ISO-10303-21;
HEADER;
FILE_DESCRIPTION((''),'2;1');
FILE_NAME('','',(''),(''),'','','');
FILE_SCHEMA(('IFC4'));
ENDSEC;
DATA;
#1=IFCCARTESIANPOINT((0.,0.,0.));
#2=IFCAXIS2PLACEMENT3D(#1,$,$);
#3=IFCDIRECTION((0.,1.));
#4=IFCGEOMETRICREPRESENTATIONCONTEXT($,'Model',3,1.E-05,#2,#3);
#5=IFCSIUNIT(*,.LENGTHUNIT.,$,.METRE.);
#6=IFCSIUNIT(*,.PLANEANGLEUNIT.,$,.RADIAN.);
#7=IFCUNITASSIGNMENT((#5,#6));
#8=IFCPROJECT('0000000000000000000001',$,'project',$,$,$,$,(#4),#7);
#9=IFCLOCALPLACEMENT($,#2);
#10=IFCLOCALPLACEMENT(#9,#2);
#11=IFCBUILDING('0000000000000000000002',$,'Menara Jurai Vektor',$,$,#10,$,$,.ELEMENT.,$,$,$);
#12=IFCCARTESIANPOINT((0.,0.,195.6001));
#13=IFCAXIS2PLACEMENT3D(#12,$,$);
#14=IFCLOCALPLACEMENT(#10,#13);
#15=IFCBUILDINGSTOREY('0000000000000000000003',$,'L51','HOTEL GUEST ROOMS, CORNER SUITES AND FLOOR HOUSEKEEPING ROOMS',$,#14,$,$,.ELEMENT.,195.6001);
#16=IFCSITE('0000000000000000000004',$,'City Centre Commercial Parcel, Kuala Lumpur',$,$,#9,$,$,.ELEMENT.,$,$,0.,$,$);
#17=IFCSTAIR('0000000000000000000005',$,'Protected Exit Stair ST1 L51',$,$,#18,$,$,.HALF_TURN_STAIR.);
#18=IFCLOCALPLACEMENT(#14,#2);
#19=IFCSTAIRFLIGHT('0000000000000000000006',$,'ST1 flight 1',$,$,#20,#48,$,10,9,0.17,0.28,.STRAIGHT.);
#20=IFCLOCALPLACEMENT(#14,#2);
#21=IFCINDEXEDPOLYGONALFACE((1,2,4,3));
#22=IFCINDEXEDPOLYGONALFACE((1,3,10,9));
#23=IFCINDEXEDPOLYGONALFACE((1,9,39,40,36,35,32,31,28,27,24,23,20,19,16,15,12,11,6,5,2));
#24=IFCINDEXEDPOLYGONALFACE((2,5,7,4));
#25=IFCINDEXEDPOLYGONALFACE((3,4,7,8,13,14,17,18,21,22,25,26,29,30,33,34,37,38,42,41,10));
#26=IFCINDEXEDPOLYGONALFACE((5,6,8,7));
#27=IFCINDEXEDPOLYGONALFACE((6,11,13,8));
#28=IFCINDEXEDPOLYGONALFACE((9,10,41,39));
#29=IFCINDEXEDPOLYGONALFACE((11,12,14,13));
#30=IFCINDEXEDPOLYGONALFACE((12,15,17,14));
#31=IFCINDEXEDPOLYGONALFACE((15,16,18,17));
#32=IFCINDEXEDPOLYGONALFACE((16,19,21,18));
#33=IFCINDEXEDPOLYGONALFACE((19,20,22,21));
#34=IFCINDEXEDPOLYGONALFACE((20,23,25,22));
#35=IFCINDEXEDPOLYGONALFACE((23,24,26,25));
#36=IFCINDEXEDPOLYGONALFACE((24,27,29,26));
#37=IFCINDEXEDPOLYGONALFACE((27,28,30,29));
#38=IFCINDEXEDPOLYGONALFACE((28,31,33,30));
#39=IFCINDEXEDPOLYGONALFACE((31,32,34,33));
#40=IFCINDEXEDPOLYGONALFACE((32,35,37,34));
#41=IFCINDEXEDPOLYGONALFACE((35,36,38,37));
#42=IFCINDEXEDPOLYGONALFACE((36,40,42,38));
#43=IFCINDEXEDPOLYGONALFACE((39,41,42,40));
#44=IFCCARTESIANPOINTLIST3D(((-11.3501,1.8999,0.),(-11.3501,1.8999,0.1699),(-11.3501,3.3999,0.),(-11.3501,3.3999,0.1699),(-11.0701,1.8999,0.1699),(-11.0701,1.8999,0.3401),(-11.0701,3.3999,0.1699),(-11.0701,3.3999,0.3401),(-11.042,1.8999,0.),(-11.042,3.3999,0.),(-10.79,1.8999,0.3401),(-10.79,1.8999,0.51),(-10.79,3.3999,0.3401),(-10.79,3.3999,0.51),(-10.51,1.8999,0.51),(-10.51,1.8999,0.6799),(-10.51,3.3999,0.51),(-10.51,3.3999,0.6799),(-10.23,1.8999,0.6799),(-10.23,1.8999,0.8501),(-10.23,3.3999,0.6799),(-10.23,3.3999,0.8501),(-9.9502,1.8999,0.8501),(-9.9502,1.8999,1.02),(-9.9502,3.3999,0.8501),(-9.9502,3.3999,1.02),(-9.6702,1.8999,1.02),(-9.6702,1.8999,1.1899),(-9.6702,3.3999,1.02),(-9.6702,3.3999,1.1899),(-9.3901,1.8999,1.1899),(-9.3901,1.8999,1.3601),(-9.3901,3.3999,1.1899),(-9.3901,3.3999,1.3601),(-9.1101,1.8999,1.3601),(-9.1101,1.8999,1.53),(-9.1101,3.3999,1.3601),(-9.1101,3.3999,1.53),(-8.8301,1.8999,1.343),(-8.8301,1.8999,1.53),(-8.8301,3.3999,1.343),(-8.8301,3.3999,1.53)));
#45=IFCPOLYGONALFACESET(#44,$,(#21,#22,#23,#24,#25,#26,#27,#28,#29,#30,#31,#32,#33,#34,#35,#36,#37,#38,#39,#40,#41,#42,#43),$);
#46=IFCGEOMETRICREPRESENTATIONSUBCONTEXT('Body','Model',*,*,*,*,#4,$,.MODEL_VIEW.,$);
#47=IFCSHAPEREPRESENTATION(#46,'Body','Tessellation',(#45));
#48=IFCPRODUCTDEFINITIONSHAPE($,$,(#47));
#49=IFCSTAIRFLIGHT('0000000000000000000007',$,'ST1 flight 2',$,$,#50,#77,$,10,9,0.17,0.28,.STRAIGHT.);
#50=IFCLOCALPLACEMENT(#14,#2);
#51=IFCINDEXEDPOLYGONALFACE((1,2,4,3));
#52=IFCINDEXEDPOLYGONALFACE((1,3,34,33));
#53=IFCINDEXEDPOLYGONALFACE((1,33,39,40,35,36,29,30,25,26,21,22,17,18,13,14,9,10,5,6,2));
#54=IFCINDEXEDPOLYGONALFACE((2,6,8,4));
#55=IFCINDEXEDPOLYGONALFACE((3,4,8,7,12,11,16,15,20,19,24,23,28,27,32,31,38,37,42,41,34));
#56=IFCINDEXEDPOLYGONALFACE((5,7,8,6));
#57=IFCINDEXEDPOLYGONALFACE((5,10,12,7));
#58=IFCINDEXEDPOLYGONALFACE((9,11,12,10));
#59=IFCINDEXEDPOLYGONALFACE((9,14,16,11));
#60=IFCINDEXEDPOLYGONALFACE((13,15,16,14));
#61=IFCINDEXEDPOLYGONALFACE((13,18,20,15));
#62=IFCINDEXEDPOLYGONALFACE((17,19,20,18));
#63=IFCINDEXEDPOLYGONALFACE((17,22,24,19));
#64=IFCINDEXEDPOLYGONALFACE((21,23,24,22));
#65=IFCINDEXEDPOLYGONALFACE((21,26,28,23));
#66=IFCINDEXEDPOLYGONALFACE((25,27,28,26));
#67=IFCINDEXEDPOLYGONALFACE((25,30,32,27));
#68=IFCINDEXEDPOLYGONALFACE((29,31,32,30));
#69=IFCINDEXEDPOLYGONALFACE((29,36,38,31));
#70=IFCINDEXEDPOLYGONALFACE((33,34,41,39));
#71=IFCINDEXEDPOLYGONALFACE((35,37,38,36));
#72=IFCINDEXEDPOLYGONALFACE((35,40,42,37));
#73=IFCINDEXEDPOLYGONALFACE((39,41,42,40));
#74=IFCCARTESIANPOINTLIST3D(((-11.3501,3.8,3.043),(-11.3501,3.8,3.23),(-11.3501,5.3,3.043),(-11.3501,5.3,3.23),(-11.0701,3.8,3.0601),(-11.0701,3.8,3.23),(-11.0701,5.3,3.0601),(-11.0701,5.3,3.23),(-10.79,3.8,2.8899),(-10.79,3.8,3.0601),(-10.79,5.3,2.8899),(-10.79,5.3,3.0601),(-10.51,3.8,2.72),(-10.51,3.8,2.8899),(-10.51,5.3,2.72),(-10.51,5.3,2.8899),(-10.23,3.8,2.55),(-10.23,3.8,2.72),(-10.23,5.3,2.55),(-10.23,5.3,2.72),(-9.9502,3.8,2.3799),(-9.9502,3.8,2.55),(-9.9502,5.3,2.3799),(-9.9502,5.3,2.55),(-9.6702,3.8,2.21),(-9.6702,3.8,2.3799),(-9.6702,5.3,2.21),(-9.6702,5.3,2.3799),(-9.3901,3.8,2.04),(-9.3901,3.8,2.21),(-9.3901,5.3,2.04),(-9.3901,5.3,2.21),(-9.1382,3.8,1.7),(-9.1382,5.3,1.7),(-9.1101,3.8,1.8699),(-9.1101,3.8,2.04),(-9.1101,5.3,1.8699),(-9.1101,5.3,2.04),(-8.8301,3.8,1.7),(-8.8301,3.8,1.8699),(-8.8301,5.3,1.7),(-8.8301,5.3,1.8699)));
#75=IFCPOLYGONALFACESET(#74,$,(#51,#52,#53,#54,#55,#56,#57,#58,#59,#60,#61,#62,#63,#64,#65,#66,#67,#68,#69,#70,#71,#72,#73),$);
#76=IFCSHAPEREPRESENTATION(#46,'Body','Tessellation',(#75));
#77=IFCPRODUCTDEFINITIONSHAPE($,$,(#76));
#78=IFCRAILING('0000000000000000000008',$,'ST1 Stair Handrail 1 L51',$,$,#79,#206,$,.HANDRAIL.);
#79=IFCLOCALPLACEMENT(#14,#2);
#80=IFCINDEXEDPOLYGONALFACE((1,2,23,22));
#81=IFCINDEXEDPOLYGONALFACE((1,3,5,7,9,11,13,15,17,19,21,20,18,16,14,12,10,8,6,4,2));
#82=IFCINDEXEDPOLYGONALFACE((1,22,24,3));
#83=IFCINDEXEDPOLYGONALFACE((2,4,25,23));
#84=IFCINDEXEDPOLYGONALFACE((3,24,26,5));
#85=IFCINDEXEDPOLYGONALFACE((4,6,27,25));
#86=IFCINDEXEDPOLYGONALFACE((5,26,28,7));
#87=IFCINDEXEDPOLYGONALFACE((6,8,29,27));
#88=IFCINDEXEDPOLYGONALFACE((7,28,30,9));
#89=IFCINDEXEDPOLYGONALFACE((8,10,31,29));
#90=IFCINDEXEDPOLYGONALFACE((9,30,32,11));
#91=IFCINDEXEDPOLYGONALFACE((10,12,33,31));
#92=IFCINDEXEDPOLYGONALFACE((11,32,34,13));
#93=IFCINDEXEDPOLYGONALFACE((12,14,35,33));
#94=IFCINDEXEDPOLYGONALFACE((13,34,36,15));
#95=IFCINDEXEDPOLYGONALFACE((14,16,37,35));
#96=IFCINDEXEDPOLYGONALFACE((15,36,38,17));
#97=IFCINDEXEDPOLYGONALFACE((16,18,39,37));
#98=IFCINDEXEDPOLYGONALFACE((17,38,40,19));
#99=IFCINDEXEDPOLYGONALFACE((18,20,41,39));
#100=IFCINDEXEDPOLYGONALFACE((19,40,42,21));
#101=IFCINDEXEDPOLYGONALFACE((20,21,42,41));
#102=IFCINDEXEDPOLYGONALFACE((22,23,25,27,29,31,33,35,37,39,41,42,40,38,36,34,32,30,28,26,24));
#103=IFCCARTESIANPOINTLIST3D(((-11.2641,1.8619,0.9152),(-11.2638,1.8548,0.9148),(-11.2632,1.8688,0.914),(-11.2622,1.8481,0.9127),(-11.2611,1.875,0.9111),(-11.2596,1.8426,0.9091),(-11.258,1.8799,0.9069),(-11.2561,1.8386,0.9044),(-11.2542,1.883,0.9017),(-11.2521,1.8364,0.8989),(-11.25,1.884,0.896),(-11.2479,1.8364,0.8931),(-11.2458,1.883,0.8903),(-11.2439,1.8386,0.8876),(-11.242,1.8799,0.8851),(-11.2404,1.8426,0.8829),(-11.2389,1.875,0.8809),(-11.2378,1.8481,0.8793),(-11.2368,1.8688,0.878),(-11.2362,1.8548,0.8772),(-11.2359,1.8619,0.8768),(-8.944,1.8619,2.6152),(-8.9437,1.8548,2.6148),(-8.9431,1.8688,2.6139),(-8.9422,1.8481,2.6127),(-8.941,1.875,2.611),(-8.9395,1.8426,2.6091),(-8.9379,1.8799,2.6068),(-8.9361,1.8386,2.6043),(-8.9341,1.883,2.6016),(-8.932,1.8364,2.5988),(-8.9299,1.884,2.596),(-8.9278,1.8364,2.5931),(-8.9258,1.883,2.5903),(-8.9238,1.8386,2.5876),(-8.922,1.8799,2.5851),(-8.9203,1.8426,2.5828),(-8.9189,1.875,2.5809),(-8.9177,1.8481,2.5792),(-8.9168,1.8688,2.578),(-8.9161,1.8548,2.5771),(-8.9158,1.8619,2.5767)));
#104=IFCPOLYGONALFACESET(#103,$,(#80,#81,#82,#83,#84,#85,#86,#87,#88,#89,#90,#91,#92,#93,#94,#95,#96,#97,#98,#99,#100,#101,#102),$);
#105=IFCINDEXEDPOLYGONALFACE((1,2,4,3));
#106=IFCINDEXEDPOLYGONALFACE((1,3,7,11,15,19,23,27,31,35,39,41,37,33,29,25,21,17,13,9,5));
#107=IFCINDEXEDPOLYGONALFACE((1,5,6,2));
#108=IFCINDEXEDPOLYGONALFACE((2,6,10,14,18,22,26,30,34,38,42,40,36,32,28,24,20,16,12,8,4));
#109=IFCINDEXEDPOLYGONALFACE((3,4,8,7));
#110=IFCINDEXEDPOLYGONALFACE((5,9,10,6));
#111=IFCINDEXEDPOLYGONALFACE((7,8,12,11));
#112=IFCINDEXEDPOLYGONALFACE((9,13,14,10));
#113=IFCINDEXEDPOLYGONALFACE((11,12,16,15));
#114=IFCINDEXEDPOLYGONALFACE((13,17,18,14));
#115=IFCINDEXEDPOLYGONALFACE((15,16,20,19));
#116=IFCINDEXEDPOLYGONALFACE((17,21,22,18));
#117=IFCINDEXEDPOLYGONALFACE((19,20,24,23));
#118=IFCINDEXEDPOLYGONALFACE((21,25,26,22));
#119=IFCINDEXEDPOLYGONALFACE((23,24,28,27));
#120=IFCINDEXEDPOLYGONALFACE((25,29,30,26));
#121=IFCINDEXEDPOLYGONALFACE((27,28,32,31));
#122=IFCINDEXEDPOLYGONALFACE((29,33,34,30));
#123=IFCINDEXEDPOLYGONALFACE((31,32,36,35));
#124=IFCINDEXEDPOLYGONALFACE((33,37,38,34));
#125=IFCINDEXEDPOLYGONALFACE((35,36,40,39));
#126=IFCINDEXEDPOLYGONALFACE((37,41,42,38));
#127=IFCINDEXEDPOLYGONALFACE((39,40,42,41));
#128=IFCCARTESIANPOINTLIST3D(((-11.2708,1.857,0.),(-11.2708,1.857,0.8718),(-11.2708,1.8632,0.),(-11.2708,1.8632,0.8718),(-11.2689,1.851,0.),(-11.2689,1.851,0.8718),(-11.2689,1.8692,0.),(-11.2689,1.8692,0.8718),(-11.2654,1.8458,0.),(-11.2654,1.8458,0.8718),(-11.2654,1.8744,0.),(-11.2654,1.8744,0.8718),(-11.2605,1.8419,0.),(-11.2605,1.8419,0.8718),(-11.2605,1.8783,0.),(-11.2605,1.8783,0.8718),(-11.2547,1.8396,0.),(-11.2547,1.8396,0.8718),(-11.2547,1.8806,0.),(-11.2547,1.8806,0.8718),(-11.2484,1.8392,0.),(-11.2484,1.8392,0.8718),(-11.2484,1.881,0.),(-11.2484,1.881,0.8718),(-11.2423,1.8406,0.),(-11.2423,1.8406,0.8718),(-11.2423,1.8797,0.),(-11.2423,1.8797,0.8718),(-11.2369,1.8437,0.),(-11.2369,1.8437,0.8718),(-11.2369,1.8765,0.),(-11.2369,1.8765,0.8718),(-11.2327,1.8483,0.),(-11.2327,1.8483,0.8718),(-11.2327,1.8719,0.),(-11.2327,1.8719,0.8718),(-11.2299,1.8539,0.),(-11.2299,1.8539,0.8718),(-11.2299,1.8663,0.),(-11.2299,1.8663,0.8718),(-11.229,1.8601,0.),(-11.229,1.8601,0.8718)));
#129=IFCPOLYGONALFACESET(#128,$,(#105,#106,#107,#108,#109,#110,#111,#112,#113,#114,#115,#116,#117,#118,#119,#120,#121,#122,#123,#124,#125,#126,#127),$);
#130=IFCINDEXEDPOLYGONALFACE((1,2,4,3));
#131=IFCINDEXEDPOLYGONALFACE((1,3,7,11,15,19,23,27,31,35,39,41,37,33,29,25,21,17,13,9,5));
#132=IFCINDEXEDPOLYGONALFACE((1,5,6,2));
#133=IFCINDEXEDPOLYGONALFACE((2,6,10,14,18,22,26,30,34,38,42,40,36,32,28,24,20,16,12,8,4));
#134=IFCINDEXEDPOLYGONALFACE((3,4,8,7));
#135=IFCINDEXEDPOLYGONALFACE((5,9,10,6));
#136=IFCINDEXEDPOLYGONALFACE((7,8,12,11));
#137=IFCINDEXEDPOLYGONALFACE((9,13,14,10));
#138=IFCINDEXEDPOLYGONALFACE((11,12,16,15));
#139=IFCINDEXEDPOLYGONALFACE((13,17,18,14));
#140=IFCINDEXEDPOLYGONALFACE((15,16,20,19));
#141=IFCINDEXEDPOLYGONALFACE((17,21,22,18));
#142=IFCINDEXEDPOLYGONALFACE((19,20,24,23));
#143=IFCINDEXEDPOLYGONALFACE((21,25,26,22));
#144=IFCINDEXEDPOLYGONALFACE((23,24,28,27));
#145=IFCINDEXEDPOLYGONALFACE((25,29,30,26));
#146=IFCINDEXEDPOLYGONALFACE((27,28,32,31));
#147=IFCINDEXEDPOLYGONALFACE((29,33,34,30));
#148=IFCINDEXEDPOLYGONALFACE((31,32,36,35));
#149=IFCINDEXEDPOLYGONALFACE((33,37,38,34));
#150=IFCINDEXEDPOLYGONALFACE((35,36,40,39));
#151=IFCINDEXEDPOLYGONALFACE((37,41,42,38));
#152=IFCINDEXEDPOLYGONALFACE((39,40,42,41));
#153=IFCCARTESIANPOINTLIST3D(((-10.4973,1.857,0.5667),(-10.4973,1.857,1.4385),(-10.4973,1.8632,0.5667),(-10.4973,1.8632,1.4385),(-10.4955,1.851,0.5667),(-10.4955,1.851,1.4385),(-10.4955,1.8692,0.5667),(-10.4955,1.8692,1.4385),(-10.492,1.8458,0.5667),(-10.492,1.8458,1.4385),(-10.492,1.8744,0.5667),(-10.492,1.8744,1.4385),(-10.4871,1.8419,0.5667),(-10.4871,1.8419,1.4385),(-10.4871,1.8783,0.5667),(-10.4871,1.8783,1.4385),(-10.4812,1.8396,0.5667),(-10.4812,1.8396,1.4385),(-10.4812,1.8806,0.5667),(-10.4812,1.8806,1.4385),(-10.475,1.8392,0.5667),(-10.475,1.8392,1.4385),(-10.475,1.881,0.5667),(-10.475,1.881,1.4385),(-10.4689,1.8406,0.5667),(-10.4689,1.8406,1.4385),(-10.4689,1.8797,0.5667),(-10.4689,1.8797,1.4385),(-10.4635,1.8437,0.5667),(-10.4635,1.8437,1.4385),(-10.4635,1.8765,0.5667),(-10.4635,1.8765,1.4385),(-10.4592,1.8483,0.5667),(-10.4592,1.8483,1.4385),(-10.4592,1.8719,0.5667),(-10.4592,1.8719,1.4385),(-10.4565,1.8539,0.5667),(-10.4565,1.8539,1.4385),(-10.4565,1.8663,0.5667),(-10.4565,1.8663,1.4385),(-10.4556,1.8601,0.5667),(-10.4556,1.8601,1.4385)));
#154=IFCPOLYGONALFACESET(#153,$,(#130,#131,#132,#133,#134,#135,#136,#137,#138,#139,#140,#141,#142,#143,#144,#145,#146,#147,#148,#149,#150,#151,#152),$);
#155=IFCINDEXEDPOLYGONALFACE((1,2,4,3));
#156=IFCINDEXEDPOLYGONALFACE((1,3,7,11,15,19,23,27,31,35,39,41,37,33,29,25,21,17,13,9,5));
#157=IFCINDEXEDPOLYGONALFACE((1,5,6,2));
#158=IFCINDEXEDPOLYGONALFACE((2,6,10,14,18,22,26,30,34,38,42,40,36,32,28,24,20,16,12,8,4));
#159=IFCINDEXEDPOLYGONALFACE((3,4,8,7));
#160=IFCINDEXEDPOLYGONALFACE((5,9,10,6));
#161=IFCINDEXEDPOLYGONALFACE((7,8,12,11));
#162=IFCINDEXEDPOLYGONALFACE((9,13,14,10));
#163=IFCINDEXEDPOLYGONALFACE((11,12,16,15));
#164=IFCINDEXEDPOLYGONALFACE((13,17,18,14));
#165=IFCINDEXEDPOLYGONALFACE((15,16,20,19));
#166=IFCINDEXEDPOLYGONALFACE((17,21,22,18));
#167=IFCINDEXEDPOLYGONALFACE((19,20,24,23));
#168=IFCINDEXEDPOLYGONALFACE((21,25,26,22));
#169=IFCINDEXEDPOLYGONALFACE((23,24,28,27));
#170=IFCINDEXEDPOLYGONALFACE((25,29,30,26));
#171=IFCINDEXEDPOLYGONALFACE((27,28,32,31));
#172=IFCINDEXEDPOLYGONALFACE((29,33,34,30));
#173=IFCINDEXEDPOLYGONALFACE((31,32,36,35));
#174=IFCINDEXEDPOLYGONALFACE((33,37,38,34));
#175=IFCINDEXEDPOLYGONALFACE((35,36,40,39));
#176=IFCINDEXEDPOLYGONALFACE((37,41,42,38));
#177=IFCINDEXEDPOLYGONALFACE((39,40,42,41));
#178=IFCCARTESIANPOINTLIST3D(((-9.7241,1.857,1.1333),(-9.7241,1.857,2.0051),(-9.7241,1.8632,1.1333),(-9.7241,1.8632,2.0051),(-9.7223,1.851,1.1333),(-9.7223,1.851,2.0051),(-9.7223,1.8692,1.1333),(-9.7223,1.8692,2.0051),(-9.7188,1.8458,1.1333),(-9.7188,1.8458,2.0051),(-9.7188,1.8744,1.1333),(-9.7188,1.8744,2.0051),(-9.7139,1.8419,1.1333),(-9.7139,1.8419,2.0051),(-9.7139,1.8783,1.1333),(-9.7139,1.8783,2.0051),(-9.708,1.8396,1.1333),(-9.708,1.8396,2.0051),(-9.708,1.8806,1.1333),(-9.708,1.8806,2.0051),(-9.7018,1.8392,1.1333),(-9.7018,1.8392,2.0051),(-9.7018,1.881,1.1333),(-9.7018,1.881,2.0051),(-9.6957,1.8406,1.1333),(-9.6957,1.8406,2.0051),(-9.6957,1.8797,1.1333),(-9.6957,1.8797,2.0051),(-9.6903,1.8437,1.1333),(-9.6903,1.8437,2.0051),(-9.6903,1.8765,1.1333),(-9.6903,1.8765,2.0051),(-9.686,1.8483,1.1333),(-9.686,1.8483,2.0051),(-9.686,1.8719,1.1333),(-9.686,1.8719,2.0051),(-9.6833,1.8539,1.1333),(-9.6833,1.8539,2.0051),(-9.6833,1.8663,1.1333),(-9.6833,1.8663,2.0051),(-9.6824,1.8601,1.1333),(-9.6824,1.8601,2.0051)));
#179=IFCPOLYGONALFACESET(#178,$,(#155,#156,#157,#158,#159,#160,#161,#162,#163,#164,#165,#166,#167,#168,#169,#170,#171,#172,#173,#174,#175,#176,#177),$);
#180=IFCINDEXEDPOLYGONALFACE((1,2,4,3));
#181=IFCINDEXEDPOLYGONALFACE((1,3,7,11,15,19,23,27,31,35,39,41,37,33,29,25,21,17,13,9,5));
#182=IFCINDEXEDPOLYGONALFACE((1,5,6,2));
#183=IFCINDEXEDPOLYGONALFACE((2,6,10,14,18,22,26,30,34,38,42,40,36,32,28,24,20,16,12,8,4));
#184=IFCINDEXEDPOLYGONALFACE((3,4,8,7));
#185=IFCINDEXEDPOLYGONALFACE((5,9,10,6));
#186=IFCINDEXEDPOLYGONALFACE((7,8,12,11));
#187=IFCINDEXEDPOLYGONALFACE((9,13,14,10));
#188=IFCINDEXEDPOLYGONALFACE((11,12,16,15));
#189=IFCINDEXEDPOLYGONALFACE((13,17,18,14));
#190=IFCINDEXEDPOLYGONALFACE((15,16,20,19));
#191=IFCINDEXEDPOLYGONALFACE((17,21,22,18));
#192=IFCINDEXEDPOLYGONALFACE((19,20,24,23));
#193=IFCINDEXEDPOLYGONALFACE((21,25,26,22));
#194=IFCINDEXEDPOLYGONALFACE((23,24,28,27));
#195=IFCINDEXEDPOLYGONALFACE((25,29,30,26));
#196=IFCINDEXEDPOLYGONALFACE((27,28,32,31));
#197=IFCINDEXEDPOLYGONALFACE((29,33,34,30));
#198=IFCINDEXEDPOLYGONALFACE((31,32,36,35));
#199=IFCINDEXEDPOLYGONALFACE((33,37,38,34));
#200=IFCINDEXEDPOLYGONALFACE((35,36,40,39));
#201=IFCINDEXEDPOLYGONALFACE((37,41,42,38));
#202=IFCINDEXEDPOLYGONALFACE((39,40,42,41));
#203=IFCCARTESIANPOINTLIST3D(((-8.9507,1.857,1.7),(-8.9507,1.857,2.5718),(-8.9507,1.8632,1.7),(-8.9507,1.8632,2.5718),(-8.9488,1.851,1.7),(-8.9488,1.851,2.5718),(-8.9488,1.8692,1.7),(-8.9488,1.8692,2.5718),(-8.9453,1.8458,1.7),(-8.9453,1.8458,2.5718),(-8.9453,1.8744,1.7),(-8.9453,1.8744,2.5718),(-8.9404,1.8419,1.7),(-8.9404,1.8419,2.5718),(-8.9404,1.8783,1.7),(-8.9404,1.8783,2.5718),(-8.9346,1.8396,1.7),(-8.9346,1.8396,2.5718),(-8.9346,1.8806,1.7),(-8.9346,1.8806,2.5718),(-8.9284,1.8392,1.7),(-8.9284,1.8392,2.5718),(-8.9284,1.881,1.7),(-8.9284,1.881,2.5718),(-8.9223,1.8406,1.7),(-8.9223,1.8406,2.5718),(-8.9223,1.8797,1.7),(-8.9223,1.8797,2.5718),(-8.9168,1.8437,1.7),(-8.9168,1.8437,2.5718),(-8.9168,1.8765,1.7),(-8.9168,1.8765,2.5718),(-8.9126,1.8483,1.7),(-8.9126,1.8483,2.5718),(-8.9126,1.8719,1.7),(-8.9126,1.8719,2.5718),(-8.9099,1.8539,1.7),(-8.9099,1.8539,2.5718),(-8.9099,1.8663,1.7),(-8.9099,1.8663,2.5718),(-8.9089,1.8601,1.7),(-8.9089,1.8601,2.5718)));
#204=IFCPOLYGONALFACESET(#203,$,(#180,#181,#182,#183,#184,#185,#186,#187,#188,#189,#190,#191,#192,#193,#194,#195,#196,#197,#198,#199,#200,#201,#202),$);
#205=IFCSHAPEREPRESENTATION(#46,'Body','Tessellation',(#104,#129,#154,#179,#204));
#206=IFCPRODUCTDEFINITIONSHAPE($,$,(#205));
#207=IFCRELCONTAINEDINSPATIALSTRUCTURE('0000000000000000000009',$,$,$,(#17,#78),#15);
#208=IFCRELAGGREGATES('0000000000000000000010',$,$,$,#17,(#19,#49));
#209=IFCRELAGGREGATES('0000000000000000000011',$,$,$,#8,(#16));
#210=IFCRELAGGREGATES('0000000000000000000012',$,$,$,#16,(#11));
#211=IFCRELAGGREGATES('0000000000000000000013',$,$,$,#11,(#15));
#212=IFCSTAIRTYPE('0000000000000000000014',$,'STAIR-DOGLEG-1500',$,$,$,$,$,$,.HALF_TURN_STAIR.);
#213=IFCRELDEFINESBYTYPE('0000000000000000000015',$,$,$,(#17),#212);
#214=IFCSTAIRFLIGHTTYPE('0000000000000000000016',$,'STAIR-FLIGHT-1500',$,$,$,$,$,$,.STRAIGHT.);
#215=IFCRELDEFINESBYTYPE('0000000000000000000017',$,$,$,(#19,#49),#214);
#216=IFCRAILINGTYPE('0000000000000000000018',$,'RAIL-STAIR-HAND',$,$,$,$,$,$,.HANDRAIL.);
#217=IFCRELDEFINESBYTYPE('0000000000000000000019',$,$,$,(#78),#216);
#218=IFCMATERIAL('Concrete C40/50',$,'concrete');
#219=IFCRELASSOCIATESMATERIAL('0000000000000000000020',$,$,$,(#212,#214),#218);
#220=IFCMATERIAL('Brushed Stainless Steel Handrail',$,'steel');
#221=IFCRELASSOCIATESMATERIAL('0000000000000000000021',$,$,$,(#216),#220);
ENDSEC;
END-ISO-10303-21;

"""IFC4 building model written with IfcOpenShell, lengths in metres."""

from ifc_helpers import new_model, si_unit, direction, frame, origin, origin_2d, place, context, subcontext, project, spatial, polyline, circle, outline, extrude, material, type_object, element, aggregate, save


model = new_model("IFC4")

# Units and contexts
model_context = context("Model", 3, precision=1e-05, world=origin(), true_north=direction((0.0, 1.0)))
body_context = subcontext(model_context, "Body", "Model", "MODEL_VIEW")
ifc_project = project(units=[si_unit("LENGTHUNIT", "METRE"), si_unit("PLANEANGLEUNIT", "RADIAN")], contexts=[model_context])

# Site, building, storey
site_placement = place(None, origin())
site = spatial("IfcSite", under=ifc_project, at=site_placement, Name="City Centre Commercial Parcel, Kuala Lumpur", CompositionType="ELEMENT", RefElevation=0.0)
building_placement = place(site_placement, origin())
building = spatial("IfcBuilding", under=site, at=building_placement, Name="Menara Jurai Vektor", CompositionType="ELEMENT")
storey_placement = place(building_placement, frame((0.0, 0.0, 195.6001)))
storey = spatial("IfcBuildingStorey", under=building, at=storey_placement, Name="L51", Description="HOTEL GUEST ROOMS, CORNER SUITES AND FLOOR HOUSEKEEPING ROOMS", CompositionType="ELEMENT", Elevation=195.6001)

# Shared definitions
ifc_material_1 = material(Name="Concrete C40/50", Category="concrete")

# Stair, stair flights
stair_type = type_object("IfcStairType", Name="STAIR-DOGLEG-1500", PredefinedType="HALF_TURN_STAIR", material=ifc_material_1)
stair_placement = place(storey_placement, origin())
stair = element("IfcStair", 1, at=stair_placement, inside=storey, type_object=stair_type, Name="Protected Exit Stair ST1 L51", PredefinedType="HALF_TURN_STAIR")
stair_flight_type = type_object("IfcStairFlightType", Name="STAIR-FLIGHT-1500", PredefinedType="STRAIGHT", material=ifc_material_1)
stair_flight_1_placement = place(storey_placement, frame((-11.3501, 2.6499, 0.0), z_axis=(0.0, 0.0, 1.0), x_axis=(1.0, 0.0, 0.0)))
stair_flight_1 = element("IfcStairFlight", 2, at=stair_flight_1_placement, type_object=stair_flight_type, Name="ST1 flight 1", NumberOfRisers=10, NumberOfTreads=9, PredefinedType="STRAIGHT", RiserHeight=0.17, TreadLength=0.28, context=body_context, shape_type="SweptSolid", body=[
    extrude(outline(polyline([(0.0, 0.0), (0.0, 0.1699), (0.28, 0.1699), (0.28, 0.3401), (0.5601, 0.3401), (0.5601, 0.51), (0.8401, 0.51), (0.8401, 0.6799), (1.1201, 0.6799), (1.1201, 0.8501), (1.3999, 0.8501), (1.3999, 1.02), (1.6799, 1.02), (1.6799, 1.1899), (1.96, 1.1899), (1.96, 1.3601), (2.24, 1.3601), (2.24, 1.53), (2.52, 1.53), (2.52, 1.7), (2.52, 1.343), (0.3081, 0.0), (0.0, 0.0)])), frame((0.0, 0.75, 0.0), z_axis=(0.0, -1.0, 0.0), x_axis=(1.0, 0.0, 0.0)), (0.0, 0.0, 1.0), 1.5),
])
stair_flight_2_placement = place(storey_placement, frame((-8.8301, 4.55, 1.7), z_axis=(0.0, 0.0, 1.0), x_axis=(-1.0, 0.0, 0.0)))
stair_flight_2 = element("IfcStairFlight", 3, at=stair_flight_2_placement, type_object=stair_flight_type, Name="ST1 flight 2", NumberOfRisers=10, NumberOfTreads=9, PredefinedType="STRAIGHT", RiserHeight=0.17, TreadLength=0.28, context=body_context, shape_type="SweptSolid", body=[
    extrude(outline(polyline([(0.0, 0.0), (0.0, 0.1699), (0.28, 0.1699), (0.28, 0.3401), (0.5601, 0.3401), (0.5601, 0.51), (0.8401, 0.51), (0.8401, 0.6799), (1.1201, 0.6799), (1.1201, 0.8501), (1.3999, 0.8501), (1.3999, 1.02), (1.6799, 1.02), (1.6799, 1.1899), (1.96, 1.1899), (1.96, 1.3601), (2.24, 1.3601), (2.24, 1.53), (2.52, 1.53), (2.52, 1.7), (2.52, 1.343), (0.3081, 0.0), (0.0, 0.0)])), frame((0.0, 0.75, 0.0), z_axis=(0.0, -1.0, 0.0), x_axis=(1.0, 0.0, 0.0)), (0.0, 0.0, 1.0), 1.5),
])
aggregate(stair, [stair_flight_1, stair_flight_2])

# Railing
ifc_material_2 = material(Name="Brushed Stainless Steel Handrail", Category="steel")
railing_type_1 = type_object("IfcRailingType", Name="RAIL-STAIR-HAND", PredefinedType="HANDRAIL", material=ifc_material_2)
railing_1_placement = place(storey_placement, frame((-11.25, 1.8601, 0.0)))
element("IfcRailing", 4, at=railing_1_placement, inside=storey, type_object=railing_type_1, Name="ST1 Stair Handrail 1 L51", PredefinedType="HANDRAIL", context=body_context, shape_type="SweptSolid", body=[
    extrude(circle(Radius=0.0239, at=origin_2d()), frame((0.0, 0.0, 0.896), z_axis=(0.806642, 0.0, 0.59104), x_axis=(0.0, 1.0, 0.0)), (0.0, 0.0, 1.0), 2.8762),
    extrude(circle(Radius=0.021, at=origin_2d()), origin(), (0.0, 0.0, 1.0), 0.8718),
    extrude(circle(Radius=0.021, at=origin_2d()), frame((0.7734, 0.0, 0.5667)), (0.0, 0.0, 1.0), 0.8718),
    extrude(circle(Radius=0.021, at=origin_2d()), frame((1.5466, 0.0, 1.1333)), (0.0, 0.0, 1.0), 0.8718),
    extrude(circle(Radius=0.021, at=origin_2d()), frame((2.3201, 0.0, 1.7)), (0.0, 0.0, 1.0), 0.8718),
])

save(model, "model.ifc")
